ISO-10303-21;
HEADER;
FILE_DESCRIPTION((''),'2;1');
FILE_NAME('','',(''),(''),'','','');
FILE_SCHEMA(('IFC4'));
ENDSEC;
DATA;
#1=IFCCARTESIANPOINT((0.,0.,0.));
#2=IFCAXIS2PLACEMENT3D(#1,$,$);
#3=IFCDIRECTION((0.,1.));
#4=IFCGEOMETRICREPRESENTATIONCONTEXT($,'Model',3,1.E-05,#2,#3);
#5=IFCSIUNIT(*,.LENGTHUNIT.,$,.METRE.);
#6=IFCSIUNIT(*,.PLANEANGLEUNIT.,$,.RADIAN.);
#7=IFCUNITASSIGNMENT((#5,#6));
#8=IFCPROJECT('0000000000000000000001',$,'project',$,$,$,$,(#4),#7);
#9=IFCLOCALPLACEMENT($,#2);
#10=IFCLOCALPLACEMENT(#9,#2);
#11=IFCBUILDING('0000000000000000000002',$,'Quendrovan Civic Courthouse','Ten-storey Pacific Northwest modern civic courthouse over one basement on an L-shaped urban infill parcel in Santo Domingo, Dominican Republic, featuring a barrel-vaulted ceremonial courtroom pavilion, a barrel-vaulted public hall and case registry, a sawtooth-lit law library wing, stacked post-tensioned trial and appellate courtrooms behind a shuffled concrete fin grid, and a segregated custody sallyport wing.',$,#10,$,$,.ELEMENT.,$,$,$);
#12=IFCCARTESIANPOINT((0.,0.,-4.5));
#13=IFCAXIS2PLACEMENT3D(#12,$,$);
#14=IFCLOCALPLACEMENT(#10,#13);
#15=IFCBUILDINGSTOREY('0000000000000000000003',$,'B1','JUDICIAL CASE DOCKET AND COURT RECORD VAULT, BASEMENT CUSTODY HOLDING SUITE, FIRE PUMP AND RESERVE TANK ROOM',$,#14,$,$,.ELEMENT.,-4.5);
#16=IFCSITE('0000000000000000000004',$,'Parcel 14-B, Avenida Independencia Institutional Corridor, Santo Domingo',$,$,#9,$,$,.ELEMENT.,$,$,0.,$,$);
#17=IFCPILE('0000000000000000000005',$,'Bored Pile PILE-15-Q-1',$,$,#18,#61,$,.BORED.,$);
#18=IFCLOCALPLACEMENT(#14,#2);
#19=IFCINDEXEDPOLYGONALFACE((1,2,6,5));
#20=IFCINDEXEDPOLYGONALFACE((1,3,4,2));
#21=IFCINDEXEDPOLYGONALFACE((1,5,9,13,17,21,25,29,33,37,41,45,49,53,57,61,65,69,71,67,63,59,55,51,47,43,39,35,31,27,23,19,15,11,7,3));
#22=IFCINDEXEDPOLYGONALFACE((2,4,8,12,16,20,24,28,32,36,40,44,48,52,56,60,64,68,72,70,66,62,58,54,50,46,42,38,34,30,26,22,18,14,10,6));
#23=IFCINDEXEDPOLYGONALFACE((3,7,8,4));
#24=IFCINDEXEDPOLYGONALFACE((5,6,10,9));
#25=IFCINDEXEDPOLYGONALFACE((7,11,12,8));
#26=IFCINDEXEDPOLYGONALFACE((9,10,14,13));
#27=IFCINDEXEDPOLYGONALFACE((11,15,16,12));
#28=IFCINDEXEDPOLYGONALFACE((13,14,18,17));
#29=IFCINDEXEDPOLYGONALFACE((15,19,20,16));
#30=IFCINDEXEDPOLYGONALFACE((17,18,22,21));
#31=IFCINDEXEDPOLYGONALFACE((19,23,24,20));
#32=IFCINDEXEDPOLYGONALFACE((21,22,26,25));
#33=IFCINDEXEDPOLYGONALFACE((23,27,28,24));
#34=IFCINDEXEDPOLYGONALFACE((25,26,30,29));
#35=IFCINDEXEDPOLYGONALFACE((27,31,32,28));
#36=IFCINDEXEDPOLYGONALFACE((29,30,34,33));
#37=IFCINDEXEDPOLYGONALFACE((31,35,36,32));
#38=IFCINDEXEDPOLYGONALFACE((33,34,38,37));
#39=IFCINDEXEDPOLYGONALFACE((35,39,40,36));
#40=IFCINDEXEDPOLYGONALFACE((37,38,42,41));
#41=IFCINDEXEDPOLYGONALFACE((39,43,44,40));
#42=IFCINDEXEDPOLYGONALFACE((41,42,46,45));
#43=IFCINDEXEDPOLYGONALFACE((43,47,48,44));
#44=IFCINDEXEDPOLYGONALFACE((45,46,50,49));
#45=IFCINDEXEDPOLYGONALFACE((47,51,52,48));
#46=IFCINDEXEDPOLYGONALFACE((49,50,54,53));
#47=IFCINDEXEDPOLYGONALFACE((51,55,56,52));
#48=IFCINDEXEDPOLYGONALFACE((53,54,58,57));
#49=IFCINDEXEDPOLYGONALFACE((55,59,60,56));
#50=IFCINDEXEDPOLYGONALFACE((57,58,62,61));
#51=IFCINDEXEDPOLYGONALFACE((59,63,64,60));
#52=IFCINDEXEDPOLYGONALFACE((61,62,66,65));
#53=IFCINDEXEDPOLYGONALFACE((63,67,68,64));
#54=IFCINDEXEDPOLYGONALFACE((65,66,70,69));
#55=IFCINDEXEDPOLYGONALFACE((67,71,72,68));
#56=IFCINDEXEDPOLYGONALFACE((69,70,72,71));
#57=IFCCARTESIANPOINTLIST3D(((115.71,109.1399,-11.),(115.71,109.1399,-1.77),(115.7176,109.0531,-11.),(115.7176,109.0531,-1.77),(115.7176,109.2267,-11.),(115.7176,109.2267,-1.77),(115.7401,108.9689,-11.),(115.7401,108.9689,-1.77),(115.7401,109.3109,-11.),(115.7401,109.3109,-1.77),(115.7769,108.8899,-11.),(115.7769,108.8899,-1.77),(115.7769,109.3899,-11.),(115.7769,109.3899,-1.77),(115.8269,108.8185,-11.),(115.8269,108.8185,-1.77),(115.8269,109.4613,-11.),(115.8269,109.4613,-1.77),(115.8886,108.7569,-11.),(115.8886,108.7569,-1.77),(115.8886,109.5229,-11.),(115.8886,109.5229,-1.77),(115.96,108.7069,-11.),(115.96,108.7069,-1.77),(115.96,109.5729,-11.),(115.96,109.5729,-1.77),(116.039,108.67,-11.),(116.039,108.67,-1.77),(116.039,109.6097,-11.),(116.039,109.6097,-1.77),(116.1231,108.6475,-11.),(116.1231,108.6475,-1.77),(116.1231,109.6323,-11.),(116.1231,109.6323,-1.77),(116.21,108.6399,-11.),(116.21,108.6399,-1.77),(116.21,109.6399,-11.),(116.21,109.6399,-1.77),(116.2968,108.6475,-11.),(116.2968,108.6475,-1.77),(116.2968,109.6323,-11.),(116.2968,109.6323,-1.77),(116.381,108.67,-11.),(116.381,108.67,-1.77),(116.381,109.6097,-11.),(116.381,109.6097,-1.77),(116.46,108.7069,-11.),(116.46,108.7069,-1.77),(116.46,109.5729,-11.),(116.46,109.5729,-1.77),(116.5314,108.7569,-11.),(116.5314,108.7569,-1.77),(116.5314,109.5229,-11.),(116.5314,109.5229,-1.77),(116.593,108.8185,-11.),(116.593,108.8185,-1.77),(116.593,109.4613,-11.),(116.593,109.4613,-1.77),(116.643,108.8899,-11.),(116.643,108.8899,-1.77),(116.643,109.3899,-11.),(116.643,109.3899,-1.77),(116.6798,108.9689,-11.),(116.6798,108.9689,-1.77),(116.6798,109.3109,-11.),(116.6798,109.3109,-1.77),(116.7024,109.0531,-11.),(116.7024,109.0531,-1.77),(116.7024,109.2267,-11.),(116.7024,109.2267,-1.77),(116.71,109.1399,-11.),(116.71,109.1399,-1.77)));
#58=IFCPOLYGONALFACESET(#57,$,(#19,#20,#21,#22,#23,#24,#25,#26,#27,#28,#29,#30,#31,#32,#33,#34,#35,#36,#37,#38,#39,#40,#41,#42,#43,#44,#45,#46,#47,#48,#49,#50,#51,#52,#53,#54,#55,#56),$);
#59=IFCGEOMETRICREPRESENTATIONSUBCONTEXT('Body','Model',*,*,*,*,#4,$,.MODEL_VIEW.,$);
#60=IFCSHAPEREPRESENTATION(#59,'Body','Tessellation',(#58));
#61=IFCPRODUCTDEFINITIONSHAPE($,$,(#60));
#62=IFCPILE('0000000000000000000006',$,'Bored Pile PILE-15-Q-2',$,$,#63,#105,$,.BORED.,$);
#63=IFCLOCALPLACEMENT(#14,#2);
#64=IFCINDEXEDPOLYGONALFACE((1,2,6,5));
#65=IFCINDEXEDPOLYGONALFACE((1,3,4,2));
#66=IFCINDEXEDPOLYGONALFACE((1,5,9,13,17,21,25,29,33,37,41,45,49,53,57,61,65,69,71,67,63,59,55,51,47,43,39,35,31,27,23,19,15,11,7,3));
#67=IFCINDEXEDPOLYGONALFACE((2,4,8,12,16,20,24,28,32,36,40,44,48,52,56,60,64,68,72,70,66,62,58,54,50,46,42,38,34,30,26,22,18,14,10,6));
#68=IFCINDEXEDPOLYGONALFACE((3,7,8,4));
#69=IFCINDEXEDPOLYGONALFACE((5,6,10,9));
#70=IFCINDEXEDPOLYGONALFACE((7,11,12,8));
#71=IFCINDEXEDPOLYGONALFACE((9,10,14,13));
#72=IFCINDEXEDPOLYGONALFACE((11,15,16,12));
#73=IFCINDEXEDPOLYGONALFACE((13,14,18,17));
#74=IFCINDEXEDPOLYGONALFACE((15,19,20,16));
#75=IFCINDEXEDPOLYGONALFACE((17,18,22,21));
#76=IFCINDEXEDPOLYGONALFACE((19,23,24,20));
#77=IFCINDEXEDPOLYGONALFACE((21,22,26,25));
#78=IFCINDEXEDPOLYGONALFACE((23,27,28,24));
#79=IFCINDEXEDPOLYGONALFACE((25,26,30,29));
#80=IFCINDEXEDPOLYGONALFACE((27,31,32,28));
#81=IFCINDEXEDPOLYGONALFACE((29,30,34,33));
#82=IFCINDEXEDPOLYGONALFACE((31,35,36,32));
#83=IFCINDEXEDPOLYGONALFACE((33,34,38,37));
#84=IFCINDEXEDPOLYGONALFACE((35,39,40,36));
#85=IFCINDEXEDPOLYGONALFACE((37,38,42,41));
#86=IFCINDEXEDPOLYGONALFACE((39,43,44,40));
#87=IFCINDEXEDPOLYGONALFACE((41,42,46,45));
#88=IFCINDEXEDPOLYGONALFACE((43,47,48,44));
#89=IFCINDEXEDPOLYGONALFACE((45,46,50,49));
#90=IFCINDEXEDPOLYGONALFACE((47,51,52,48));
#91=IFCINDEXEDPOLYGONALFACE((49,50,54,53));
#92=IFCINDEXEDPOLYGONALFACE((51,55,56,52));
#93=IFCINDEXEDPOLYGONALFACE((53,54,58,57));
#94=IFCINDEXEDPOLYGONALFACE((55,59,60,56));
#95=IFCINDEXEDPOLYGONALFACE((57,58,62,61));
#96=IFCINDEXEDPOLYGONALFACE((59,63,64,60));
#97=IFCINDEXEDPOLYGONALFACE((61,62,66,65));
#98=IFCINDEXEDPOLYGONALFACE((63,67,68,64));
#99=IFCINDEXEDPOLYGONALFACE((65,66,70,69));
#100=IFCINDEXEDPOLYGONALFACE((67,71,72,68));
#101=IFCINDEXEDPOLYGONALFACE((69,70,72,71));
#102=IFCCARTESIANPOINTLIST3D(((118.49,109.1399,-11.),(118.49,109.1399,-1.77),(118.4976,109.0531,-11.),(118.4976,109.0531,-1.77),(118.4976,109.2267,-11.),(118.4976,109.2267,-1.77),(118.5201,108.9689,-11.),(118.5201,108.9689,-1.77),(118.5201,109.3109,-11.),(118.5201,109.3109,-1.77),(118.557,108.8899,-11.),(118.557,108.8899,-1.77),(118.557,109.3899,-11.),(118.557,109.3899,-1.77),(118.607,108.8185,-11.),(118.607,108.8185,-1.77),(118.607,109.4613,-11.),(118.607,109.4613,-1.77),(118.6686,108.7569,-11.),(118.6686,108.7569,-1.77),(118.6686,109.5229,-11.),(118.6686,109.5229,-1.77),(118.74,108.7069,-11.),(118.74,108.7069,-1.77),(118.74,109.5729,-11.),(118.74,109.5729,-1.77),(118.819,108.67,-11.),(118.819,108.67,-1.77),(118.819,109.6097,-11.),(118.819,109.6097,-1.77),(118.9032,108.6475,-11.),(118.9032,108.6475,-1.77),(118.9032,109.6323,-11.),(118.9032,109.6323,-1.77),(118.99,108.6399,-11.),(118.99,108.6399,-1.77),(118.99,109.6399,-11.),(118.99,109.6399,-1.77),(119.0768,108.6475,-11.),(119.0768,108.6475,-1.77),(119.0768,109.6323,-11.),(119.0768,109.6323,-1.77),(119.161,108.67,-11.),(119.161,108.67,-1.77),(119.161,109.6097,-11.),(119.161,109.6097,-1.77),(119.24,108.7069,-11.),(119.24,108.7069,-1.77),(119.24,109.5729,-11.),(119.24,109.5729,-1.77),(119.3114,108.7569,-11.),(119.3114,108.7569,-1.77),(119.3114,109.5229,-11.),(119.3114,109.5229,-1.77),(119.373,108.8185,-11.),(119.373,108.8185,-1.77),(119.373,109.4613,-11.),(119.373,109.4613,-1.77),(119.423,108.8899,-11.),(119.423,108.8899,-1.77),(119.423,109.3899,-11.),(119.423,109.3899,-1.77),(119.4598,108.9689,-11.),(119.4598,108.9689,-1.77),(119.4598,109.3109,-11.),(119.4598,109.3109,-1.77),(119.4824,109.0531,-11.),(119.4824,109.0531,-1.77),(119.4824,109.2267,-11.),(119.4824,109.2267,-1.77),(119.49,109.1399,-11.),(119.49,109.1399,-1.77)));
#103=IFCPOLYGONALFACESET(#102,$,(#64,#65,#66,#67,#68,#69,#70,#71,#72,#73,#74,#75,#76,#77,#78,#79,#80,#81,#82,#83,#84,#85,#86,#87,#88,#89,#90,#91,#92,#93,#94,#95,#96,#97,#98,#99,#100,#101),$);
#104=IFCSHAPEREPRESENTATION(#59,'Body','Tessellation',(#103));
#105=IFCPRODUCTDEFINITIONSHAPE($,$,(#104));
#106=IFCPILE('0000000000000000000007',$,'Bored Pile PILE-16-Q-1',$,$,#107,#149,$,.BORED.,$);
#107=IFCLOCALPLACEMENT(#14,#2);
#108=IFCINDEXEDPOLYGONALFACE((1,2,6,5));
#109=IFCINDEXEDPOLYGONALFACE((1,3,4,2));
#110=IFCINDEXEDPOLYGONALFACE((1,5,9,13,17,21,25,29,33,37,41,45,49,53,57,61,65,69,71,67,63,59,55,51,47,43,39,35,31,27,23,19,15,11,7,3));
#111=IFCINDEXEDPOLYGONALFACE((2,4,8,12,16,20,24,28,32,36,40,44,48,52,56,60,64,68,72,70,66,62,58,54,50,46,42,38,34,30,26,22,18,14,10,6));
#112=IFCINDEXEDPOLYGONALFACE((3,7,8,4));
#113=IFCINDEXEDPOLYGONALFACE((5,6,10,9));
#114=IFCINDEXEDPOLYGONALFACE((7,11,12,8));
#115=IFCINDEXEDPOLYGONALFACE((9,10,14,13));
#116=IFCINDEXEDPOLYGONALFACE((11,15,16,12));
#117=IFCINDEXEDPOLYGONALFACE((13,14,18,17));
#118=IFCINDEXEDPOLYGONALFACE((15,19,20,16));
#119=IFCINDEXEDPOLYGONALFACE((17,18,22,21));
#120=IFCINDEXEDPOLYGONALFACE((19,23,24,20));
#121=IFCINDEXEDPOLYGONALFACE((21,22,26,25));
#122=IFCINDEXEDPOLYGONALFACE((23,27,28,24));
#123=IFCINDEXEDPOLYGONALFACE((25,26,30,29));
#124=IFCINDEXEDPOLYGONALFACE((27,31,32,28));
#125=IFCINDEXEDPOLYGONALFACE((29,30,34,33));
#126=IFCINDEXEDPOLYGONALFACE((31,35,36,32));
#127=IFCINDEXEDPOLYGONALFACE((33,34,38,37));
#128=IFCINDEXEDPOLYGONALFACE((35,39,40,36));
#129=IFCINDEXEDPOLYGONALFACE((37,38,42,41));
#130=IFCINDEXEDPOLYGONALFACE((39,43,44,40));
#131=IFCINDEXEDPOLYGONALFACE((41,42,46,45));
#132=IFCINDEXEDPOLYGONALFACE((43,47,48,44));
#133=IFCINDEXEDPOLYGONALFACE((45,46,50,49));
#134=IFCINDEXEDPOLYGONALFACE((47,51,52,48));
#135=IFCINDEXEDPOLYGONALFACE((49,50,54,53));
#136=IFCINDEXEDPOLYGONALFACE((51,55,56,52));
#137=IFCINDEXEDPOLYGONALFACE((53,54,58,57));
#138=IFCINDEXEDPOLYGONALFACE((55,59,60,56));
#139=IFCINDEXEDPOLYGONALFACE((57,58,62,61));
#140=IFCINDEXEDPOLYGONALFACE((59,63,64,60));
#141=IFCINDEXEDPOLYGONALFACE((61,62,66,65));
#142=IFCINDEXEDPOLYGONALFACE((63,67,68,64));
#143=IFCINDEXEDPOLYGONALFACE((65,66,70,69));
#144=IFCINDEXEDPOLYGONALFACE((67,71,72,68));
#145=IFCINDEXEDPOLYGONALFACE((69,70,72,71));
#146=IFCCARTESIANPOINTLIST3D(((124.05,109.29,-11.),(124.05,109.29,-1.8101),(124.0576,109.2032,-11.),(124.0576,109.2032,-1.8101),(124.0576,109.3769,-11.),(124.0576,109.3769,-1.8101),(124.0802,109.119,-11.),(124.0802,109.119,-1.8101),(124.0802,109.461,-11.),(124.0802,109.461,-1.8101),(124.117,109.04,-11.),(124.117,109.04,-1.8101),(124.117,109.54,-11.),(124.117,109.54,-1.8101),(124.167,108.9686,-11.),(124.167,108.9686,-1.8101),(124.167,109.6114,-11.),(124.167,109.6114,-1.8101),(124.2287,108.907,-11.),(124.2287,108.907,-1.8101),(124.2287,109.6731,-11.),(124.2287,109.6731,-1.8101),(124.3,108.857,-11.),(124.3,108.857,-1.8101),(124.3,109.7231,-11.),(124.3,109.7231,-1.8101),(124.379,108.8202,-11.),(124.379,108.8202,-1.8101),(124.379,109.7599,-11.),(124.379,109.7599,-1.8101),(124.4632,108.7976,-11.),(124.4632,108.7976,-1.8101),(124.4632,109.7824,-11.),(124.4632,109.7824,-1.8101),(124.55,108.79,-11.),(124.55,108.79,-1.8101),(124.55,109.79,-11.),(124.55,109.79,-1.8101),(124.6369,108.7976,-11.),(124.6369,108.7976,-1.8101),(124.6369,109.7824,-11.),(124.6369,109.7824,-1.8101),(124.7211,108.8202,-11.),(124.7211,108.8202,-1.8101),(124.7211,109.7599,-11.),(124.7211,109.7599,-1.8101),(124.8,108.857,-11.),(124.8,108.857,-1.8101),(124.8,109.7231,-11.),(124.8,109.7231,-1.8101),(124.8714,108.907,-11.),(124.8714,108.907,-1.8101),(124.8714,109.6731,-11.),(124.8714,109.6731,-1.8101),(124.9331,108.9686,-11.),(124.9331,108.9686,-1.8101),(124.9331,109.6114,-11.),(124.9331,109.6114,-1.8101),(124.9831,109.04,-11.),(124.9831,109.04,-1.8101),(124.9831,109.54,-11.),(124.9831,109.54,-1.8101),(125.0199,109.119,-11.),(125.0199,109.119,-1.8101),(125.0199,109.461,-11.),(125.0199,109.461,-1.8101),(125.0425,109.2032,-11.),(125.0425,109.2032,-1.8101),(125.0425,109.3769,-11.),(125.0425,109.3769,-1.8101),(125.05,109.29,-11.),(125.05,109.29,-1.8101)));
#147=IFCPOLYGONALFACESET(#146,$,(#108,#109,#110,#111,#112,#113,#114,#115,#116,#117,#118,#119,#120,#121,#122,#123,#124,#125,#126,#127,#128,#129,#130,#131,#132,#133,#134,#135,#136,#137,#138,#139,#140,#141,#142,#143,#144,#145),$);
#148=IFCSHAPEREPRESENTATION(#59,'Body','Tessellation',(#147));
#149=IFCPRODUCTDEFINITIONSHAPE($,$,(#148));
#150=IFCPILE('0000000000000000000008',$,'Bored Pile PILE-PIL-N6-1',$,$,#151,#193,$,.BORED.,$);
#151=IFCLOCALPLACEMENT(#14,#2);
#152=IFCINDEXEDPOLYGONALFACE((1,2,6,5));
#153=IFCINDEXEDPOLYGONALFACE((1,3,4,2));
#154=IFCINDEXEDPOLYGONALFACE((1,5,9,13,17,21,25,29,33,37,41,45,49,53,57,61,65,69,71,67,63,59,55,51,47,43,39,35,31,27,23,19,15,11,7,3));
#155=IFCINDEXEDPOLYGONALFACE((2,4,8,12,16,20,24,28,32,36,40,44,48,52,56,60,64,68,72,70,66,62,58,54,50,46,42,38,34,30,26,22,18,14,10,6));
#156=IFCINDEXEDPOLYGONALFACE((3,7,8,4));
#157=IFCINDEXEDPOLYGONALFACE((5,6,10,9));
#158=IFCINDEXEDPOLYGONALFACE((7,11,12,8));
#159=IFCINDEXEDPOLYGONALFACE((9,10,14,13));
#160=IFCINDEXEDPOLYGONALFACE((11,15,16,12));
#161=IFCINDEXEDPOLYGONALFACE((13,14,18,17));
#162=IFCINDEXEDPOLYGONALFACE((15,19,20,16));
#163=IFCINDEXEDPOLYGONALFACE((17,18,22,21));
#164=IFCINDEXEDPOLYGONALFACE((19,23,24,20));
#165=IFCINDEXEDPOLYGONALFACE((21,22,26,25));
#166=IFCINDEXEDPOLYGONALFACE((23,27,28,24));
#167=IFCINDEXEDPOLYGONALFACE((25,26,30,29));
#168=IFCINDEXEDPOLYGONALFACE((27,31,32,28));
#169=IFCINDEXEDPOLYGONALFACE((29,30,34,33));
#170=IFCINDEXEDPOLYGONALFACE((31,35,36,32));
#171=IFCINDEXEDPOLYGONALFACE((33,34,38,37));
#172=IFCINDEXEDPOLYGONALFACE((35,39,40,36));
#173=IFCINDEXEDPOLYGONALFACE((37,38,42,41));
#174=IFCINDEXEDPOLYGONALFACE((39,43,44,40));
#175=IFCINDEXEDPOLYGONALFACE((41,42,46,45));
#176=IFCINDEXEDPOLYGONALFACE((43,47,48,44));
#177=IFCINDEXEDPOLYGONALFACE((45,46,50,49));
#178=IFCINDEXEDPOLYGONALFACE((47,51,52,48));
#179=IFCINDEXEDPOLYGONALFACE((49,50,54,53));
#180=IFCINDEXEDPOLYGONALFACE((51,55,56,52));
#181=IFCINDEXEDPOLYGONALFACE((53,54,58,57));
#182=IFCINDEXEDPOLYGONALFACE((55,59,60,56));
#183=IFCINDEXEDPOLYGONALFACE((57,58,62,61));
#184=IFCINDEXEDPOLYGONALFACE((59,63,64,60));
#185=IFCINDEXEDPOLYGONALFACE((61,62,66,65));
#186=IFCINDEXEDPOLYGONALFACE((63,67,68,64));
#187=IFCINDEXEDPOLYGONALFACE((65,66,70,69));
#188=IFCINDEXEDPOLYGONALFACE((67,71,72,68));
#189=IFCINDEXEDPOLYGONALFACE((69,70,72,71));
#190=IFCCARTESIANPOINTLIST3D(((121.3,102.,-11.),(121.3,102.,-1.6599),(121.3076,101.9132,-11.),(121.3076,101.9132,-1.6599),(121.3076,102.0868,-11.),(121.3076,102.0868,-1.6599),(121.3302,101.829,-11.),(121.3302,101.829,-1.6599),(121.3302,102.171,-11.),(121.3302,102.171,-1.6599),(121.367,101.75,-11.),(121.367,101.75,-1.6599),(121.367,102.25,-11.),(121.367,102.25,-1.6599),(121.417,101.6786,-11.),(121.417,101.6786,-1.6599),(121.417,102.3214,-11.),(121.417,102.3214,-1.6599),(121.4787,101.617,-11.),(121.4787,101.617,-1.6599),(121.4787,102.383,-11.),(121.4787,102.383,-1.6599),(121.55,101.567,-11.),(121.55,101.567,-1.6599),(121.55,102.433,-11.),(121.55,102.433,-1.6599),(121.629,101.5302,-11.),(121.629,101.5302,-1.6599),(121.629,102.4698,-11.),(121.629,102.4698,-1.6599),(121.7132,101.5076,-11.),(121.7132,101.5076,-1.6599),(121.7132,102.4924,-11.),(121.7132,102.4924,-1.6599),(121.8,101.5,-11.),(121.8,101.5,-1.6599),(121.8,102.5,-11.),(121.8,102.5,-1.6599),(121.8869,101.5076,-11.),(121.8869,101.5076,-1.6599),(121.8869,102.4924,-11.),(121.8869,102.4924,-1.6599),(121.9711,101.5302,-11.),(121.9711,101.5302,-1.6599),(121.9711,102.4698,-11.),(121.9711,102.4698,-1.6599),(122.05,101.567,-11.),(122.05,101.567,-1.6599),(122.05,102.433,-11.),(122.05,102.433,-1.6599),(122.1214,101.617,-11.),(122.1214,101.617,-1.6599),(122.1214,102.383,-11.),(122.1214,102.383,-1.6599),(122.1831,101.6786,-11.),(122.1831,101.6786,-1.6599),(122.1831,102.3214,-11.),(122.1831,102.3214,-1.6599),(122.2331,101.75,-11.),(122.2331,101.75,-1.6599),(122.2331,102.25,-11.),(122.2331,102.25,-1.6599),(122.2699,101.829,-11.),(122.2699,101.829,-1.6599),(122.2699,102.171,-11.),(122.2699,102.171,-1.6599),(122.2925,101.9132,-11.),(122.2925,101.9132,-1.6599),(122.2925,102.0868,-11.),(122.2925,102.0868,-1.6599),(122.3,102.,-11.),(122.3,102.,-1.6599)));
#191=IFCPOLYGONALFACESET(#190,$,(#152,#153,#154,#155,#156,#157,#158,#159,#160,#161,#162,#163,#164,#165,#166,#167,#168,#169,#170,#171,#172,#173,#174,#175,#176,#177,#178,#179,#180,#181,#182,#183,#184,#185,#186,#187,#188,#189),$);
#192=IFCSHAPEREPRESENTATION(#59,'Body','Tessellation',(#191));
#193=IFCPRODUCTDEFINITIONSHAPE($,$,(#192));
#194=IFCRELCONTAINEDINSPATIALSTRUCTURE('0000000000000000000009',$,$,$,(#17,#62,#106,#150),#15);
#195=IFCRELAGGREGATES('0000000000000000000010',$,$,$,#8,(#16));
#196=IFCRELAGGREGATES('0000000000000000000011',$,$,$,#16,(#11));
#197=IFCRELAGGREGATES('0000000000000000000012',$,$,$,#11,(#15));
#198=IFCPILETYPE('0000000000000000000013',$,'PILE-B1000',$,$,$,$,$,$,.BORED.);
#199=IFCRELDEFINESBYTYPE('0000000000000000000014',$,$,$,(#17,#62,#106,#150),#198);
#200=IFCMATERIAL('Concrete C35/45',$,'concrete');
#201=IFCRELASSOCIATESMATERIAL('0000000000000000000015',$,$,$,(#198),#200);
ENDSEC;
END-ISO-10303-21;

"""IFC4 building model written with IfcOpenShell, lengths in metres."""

from ifc_helpers import new_model, si_unit, direction, frame, origin, origin_2d, place, context, subcontext, project, spatial, circle, extrude, material, material_profile, profile_set, type_object, element, save


model = new_model("IFC4")

# Units and contexts
model_context = context("Model", 3, precision=1e-05, world=origin(), true_north=direction((0.0, 1.0)))
body_context = subcontext(model_context, "Body", "Model", "MODEL_VIEW")
ifc_project = project(units=[si_unit("LENGTHUNIT", "METRE"), si_unit("PLANEANGLEUNIT", "RADIAN")], contexts=[model_context])

# Site, building, storey
site_placement = place(None, origin())
site = spatial("IfcSite", under=ifc_project, at=site_placement, Name="Parcel 14-B, Avenida Independencia Institutional Corridor, Santo Domingo", CompositionType="ELEMENT", RefElevation=0.0)
building_placement = place(site_placement, origin())
building = spatial("IfcBuilding", under=site, at=building_placement, Name="Quendrovan Civic Courthouse", Description="Ten-storey Pacific Northwest modern civic courthouse over one basement on an L-shaped urban infill parcel in Santo Domingo, Dominican Republic, featuring a barrel-vaulted ceremonial courtroom pavilion, a barrel-vaulted public hall and case registry, a sawtooth-lit law library wing, stacked post-tensioned trial and appellate courtrooms behind a shuffled concrete fin grid, and a segregated custody sallyport wing.", CompositionType="ELEMENT")
storey_placement = place(building_placement, frame((0.0, 0.0, -4.5)))
storey = spatial("IfcBuildingStorey", under=building, at=storey_placement, Name="B1", Description="JUDICIAL CASE DOCKET AND COURT RECORD VAULT, BASEMENT CUSTODY HOLDING SUITE, FIRE PUMP AND RESERVE TANK ROOM", CompositionType="ELEMENT", Elevation=-4.5)

# Shared definitions
ifc_material_1 = material(Name="Concrete C35/45", Category="concrete")

# Piles
ifc_material_profile_1 = material_profile(ifc_material_1, circle(Radius=0.5, at=origin_2d()), Name="PILE-D1000")
ifc_profile_set_1 = profile_set([ifc_material_profile_1], Name="Concrete C35/45")
pile_type = type_object("IfcPileType", Name="PILE-B1000", PredefinedType="BORED", material=ifc_profile_set_1)
for number, where, z_axis, x_axis, name in (
    (1, (116.21, 109.1399, -1.77), (0.0, 0.0, -1.0), (1.0, 0.0, 0.0), "Bored Pile PILE-15-Q-1"),
    (2, (118.99, 109.1399, -1.77), (0.0, 0.0, -1.0), (1.0, 0.0, 0.0), "Bored Pile PILE-15-Q-2"),
):
    element("IfcPile", number, at=place(storey_placement, frame(where, z_axis=z_axis, x_axis=x_axis)), inside=storey, type_object=pile_type, Name=name, PredefinedType="BORED", context=body_context, shape_type="SweptSolid", body=[
        extrude(circle(Radius=0.5, at=origin_2d()), origin(), (0.0, 0.0, 1.0), 9.23),
    ])
pile_1_placement = place(storey_placement, frame((124.55, 109.29, -1.8101), z_axis=(0.0, 0.0, -1.0), x_axis=(1.0, 0.0, 0.0)))
element("IfcPile", 3, at=pile_1_placement, inside=storey, type_object=pile_type, Name="Bored Pile PILE-16-Q-1", PredefinedType="BORED", context=body_context, shape_type="SweptSolid", body=[
    extrude(circle(Radius=0.5, at=origin_2d()), origin(), (0.0, 0.0, 1.0), 9.1899),
])
pile_2_placement = place(storey_placement, frame((121.8, 102.0, -1.6599), z_axis=(0.0, 0.0, -1.0), x_axis=(1.0, 0.0, 0.0)))
element("IfcPile", 4, at=pile_2_placement, inside=storey, type_object=pile_type, Name="Bored Pile PILE-PIL-N6-1", PredefinedType="BORED", context=body_context, shape_type="SweptSolid", body=[
    extrude(circle(Radius=0.5, at=origin_2d()), origin(), (0.0, 0.0, 1.0), 9.3401),
])

save(model, "model.ifc")
